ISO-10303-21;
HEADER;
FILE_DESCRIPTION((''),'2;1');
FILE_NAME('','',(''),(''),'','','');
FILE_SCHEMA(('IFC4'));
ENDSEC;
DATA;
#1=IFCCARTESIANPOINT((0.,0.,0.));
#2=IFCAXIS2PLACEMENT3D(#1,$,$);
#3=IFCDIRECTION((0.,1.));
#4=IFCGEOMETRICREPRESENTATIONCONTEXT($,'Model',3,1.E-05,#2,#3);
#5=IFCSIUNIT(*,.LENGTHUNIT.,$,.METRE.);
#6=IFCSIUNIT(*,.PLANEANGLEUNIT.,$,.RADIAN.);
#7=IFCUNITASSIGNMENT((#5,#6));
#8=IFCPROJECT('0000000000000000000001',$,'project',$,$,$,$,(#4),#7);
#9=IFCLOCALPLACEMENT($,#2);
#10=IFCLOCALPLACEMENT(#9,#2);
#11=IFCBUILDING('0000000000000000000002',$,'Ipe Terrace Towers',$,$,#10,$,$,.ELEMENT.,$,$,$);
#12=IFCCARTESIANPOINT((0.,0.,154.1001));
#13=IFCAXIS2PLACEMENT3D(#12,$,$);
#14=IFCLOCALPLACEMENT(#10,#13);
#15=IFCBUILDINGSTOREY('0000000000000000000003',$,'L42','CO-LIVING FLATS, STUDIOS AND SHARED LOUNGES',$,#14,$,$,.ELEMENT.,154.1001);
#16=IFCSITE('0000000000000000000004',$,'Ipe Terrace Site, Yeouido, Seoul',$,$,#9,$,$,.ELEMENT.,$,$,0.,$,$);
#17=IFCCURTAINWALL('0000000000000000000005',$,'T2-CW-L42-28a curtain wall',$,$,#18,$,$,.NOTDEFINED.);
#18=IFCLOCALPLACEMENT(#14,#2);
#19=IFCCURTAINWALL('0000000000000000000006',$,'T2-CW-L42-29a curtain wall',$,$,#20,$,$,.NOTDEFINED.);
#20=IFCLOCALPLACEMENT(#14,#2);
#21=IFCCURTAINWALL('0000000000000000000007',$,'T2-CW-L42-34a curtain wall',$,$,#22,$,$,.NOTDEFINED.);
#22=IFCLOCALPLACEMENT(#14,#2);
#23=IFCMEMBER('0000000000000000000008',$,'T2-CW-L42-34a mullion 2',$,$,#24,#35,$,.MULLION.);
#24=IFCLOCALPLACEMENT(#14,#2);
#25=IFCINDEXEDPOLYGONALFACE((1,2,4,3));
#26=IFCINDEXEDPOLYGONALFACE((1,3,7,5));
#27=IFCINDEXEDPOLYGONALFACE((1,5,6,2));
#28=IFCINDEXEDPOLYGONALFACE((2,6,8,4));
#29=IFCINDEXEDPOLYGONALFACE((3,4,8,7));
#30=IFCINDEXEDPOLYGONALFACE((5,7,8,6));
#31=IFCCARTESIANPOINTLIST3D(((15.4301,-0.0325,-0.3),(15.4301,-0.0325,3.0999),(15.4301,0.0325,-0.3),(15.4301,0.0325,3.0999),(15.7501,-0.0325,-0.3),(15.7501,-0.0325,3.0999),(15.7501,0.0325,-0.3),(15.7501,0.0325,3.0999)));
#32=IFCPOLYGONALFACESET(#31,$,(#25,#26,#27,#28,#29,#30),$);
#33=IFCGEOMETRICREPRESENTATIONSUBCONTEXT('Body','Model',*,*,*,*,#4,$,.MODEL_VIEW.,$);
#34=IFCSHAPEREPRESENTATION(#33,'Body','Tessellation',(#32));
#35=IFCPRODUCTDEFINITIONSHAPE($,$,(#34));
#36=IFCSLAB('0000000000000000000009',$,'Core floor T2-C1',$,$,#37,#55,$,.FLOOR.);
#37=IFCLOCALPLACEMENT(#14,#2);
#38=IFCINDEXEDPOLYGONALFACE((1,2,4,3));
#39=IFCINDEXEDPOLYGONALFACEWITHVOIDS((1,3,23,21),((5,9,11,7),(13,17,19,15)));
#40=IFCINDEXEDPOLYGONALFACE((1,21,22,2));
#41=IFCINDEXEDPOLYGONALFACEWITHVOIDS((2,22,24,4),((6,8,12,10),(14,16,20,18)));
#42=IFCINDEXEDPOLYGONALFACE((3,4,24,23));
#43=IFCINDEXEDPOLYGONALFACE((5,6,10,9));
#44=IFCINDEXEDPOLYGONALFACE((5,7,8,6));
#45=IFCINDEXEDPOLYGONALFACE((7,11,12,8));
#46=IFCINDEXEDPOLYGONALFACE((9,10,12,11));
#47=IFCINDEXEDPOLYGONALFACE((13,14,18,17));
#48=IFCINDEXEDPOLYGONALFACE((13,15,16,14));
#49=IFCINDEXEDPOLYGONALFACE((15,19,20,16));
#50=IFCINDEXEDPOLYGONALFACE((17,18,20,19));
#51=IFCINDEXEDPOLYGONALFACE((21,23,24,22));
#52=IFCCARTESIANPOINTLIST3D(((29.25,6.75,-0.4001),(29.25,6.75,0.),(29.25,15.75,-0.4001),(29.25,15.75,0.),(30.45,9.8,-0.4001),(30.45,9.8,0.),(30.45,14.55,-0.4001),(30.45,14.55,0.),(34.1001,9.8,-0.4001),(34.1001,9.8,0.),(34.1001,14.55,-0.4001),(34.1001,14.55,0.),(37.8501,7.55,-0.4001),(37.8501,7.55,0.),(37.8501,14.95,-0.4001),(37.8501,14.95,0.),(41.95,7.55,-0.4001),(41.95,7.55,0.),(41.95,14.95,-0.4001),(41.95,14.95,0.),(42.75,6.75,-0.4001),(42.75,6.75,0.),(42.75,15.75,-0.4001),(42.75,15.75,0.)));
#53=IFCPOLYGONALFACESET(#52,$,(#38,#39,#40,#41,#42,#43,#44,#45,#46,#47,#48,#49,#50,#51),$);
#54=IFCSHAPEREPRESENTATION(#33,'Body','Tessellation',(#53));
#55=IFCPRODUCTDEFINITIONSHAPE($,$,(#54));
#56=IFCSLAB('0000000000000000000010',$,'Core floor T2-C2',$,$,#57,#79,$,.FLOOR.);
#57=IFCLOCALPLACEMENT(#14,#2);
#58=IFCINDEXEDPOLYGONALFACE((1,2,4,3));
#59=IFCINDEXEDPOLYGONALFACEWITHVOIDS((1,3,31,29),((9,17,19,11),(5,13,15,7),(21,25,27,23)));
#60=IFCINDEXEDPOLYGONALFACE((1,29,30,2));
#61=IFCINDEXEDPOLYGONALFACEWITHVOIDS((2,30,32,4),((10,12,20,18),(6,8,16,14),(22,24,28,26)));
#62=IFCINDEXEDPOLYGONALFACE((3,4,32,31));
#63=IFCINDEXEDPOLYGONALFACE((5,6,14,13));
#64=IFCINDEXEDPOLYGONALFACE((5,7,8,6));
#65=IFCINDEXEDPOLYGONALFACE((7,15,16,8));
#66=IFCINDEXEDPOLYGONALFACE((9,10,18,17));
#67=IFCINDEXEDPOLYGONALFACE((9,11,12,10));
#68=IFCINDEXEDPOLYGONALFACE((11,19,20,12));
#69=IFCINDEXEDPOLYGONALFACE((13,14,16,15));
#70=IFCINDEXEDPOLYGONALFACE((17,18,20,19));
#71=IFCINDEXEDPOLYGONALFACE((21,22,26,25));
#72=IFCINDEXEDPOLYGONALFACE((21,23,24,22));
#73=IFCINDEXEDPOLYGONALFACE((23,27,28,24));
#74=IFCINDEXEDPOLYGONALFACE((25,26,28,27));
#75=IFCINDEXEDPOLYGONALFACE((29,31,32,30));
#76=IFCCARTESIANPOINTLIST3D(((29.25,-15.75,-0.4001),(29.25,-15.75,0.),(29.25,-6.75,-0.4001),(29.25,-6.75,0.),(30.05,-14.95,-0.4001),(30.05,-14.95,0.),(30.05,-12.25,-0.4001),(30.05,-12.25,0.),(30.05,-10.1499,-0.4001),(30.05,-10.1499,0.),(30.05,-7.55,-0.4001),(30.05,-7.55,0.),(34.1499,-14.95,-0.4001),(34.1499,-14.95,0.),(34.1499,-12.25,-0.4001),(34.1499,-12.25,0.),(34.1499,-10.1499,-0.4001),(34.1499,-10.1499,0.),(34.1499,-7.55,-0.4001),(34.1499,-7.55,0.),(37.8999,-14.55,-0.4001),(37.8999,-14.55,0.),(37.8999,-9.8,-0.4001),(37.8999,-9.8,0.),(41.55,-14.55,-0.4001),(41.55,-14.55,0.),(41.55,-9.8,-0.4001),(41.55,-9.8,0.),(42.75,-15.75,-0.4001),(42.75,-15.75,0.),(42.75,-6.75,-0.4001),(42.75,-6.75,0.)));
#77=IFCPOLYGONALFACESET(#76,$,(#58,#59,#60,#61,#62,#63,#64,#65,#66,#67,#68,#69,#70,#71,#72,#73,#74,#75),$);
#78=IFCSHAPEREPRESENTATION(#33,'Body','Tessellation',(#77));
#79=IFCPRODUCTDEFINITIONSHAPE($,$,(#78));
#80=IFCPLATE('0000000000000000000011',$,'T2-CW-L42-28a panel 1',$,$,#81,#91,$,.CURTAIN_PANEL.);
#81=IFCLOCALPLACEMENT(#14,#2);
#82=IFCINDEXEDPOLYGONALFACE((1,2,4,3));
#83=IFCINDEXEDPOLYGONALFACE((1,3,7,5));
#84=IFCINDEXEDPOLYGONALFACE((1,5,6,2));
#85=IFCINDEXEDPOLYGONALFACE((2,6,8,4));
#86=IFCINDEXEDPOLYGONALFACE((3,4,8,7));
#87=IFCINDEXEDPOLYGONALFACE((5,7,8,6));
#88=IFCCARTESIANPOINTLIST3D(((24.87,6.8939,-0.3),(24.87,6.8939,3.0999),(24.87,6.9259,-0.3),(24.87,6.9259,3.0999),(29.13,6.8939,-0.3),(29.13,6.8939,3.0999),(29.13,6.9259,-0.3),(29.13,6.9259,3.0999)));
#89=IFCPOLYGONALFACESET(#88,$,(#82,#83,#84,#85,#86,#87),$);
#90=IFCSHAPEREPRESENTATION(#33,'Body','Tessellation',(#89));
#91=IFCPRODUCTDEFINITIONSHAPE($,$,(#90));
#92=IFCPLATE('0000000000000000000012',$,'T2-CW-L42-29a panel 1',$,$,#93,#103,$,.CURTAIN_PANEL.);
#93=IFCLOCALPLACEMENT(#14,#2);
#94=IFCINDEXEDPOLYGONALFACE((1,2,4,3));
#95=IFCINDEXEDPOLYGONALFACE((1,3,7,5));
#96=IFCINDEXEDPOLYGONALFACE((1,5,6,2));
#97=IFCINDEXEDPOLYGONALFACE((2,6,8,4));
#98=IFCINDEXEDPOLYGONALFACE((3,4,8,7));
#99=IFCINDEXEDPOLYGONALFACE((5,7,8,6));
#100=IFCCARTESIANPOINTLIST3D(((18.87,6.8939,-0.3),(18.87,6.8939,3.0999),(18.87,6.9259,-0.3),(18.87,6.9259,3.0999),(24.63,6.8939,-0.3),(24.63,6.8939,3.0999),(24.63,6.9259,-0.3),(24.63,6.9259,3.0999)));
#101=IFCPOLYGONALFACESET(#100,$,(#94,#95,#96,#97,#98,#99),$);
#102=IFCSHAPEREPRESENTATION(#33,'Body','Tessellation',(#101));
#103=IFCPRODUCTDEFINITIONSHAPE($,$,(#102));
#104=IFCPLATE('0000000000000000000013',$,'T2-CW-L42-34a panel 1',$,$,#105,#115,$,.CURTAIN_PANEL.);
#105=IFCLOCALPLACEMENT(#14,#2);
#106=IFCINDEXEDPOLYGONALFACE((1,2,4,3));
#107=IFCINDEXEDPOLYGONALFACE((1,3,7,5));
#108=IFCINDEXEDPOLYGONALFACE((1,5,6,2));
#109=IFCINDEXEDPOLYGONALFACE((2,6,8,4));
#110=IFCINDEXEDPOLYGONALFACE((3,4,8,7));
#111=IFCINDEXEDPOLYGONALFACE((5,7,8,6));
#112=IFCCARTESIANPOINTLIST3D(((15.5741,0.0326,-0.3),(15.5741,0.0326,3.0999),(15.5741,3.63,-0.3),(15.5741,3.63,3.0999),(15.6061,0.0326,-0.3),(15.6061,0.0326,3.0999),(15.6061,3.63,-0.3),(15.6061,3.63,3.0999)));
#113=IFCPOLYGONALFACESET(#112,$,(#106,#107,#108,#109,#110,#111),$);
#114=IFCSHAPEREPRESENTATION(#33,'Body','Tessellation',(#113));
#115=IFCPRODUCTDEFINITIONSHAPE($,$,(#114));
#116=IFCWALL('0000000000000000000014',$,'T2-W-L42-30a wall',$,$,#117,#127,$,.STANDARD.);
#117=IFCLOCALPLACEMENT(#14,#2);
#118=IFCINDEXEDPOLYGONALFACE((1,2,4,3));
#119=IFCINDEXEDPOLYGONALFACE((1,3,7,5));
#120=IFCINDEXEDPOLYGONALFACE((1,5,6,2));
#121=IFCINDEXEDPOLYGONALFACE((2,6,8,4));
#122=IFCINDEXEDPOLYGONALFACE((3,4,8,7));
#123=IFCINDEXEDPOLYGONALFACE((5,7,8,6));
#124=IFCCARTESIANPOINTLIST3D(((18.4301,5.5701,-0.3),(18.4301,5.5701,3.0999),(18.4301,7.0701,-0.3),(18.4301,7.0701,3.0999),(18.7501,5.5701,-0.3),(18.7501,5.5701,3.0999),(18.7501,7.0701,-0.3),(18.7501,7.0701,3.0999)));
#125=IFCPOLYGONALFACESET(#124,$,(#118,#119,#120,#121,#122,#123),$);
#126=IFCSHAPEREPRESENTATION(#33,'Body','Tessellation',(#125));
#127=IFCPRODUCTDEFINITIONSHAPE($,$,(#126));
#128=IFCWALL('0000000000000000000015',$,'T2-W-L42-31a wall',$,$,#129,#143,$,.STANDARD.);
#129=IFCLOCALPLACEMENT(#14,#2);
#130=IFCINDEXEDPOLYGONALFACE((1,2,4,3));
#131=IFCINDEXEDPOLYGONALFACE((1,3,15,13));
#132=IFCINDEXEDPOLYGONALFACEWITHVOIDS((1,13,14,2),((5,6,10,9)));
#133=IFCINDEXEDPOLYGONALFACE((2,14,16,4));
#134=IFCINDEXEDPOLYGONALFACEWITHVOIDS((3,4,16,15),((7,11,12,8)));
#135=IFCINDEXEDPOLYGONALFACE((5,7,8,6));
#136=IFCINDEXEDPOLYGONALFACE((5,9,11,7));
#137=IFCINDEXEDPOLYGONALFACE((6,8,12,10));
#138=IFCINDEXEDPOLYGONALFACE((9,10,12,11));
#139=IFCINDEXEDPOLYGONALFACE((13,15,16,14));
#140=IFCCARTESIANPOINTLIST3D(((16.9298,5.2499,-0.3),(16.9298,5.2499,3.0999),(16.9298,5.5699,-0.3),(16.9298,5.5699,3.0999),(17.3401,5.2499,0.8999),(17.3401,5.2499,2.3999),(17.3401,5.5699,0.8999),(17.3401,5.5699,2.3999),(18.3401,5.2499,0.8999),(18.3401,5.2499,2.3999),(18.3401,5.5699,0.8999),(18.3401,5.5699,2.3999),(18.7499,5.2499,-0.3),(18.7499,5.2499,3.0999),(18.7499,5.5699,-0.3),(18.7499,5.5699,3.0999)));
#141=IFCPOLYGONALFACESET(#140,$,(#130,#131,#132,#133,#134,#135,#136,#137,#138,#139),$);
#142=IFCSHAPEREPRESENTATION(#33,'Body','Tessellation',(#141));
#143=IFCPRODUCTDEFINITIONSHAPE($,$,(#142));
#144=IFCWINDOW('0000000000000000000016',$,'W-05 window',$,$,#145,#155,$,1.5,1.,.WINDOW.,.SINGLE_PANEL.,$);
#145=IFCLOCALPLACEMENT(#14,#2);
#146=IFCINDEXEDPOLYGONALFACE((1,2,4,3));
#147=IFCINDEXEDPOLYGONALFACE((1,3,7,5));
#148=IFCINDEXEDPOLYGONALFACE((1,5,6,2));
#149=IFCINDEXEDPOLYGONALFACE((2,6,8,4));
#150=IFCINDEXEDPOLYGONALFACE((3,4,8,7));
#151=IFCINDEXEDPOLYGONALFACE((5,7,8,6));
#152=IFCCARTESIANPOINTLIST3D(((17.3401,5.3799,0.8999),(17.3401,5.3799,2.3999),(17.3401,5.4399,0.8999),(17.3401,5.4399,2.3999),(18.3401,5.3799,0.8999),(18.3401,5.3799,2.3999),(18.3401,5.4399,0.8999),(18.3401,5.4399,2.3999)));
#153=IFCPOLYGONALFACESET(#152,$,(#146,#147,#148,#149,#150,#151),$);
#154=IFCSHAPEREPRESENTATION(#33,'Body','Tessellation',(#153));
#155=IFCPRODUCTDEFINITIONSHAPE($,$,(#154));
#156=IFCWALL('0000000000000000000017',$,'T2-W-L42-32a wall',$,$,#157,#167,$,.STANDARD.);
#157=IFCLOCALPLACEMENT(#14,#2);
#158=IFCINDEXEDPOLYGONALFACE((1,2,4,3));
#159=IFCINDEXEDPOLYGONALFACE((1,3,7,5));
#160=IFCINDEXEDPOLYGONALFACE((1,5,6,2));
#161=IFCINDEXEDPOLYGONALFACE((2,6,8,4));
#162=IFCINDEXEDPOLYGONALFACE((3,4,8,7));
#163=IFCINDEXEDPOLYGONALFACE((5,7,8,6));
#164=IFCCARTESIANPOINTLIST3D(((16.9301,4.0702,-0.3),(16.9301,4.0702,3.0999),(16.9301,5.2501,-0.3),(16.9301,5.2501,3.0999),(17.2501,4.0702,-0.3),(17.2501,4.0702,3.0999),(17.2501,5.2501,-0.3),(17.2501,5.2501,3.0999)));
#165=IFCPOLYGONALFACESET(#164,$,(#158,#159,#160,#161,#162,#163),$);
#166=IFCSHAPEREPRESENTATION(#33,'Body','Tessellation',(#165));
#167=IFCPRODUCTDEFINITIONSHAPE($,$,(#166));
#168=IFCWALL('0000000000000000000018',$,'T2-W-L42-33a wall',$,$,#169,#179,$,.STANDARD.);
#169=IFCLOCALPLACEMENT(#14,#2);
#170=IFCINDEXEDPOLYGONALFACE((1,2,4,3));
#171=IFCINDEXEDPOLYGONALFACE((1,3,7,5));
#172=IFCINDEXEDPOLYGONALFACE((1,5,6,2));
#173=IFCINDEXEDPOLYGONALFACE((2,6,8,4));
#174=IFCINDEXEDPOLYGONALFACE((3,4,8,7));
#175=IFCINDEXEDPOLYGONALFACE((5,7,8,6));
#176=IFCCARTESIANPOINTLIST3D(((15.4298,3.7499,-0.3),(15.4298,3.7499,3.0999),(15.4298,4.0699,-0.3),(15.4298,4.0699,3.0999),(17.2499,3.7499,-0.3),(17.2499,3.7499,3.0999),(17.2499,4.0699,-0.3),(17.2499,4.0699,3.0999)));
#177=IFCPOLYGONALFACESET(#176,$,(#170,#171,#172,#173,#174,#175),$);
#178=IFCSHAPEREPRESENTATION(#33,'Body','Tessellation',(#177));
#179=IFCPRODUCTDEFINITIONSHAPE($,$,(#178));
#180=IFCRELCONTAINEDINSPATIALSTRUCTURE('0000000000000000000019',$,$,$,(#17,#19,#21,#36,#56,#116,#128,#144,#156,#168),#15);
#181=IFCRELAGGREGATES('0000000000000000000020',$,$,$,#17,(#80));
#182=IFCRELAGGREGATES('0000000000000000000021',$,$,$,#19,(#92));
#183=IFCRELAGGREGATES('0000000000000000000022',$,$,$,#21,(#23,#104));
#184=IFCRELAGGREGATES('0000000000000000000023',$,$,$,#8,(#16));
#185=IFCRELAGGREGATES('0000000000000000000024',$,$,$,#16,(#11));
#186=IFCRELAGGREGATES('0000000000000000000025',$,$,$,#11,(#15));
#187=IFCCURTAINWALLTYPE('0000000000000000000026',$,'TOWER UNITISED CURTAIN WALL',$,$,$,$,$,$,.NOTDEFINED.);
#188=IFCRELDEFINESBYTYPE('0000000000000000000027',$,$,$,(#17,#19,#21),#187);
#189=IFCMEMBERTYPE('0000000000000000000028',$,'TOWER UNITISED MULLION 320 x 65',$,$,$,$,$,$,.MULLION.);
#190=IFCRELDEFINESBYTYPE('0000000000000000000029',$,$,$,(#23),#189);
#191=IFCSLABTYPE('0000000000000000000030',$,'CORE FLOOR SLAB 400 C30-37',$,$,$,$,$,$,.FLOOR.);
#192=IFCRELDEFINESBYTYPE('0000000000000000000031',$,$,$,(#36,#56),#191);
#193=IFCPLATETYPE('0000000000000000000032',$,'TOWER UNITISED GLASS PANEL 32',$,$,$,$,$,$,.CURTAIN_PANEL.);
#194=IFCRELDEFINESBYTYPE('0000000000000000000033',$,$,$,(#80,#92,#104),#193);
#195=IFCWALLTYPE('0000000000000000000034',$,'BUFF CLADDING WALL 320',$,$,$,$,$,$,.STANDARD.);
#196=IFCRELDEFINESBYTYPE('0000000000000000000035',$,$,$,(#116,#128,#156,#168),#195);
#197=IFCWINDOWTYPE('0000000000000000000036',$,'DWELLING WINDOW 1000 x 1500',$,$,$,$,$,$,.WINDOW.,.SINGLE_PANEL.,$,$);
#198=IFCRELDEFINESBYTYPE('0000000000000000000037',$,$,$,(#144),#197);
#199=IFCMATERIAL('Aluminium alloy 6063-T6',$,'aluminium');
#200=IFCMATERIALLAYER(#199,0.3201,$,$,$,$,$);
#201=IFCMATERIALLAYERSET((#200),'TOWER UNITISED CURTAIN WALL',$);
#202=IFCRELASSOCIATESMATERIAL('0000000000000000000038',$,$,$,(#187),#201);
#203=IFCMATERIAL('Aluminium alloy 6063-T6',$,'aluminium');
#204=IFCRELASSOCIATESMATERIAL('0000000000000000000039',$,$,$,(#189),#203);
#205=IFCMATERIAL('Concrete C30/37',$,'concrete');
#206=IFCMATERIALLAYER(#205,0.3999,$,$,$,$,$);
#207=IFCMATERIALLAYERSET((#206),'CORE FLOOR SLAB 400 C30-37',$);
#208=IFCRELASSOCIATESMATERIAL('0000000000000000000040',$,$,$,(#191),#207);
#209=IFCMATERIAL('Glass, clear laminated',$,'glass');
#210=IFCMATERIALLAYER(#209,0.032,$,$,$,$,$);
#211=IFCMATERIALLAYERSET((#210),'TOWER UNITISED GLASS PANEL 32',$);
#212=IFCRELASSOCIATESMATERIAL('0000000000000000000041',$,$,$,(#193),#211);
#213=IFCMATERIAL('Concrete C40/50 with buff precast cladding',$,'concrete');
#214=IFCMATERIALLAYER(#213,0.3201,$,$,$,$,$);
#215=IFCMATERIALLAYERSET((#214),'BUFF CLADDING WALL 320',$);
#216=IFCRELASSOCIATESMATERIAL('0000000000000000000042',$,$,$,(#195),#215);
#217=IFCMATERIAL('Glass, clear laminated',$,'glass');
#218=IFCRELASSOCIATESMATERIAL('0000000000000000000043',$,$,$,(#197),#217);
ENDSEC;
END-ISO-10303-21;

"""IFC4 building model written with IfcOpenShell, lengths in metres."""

from ifc_helpers import new_model, si_unit, direction, frame, frame_2d, origin, origin_2d, place, context, subcontext, project, spatial, polyline, rectangle, outline, extrude, material, layer, layer_set, material_profile, profile_set, type_object, element, fill, aggregate, save


model = new_model("IFC4")

# Units and contexts
model_context = context("Model", 3, precision=1e-05, world=origin(), true_north=direction((0.0, 1.0)))
body_context = subcontext(model_context, "Body", "Model", "MODEL_VIEW")
ifc_project = project(units=[si_unit("LENGTHUNIT", "METRE"), si_unit("PLANEANGLEUNIT", "RADIAN")], contexts=[model_context])

# Site, building, storey
site_placement = place(None, origin())
site = spatial("IfcSite", under=ifc_project, at=site_placement, Name="Ipe Terrace Site, Yeouido, Seoul", CompositionType="ELEMENT", RefElevation=0.0)
building_placement = place(site_placement, origin())
building = spatial("IfcBuilding", under=site, at=building_placement, Name="Ipe Terrace Towers", CompositionType="ELEMENT")
storey_placement = place(building_placement, frame((0.0, 0.0, 154.1001)))
storey = spatial("IfcBuildingStorey", under=building, at=storey_placement, Name="L42", Description="CO-LIVING FLATS, STUDIOS AND SHARED LOUNGES", CompositionType="ELEMENT", Elevation=154.1001)

# Curtain wall
ifc_material_1 = material(Name="Aluminium alloy 6063-T6", Category="aluminium")
ifc_layer_1 = layer(ifc_material_1, 0.3201)
ifc_layer_set_1 = layer_set([ifc_layer_1], Name="TOWER UNITISED CURTAIN WALL")
curtain_wall_type = type_object("IfcCurtainWallType", Name="TOWER UNITISED CURTAIN WALL", PredefinedType="NOTDEFINED", material=ifc_layer_set_1)
curtain_wall_1_placement = place(storey_placement, origin())
curtain_wall_1 = element("IfcCurtainWall", 1, at=curtain_wall_1_placement, inside=storey, type_object=curtain_wall_type, Name="T2-CW-L42-28a curtain wall", PredefinedType="NOTDEFINED")

# Curtain walls, member
curtain_wall_2_placement = place(storey_placement, origin())
curtain_wall_2 = element("IfcCurtainWall", 2, at=curtain_wall_2_placement, inside=storey, type_object=curtain_wall_type, Name="T2-CW-L42-29a curtain wall", PredefinedType="NOTDEFINED")
curtain_wall_3_placement = place(storey_placement, origin())
curtain_wall_3 = element("IfcCurtainWall", 3, at=curtain_wall_3_placement, inside=storey, type_object=curtain_wall_type, Name="T2-CW-L42-34a curtain wall", PredefinedType="NOTDEFINED")
ifc_material_2 = material(Name="Aluminium alloy 6063-T6", Category="aluminium")
ifc_material_profile_1 = material_profile(ifc_material_2, rectangle(XDim=0.3201, YDim=0.0649, at=origin_2d()), Name="TOWER UNITISED MULLION 320 x 65")
ifc_profile_set_1 = profile_set([ifc_material_profile_1], Name="Aluminium alloy 6063-T6")
member_type_1 = type_object("IfcMemberType", Name="TOWER UNITISED MULLION 320 x 65", PredefinedType="MULLION", material=ifc_profile_set_1)
member_1_placement = place(storey_placement, frame((15.5901, 0.0, -0.3), z_axis=(0.0, 0.0, 1.0), x_axis=(-1.0, 0.0, 0.0)))
member_1 = element("IfcMember", 4, at=member_1_placement, type_object=member_type_1, Name="T2-CW-L42-34a mullion 2", PredefinedType="MULLION", context=body_context, shape_type="SweptSolid", body=[
    extrude(rectangle(XDim=0.3201, YDim=0.0649, at=origin_2d()), origin(), (0.0, 0.0, 1.0), 3.3999),
])

# Slabs
ifc_material_3 = material(Name="Concrete C30/37", Category="concrete")
ifc_layer_2 = layer(ifc_material_3, 0.3999)
ifc_layer_set_2 = layer_set([ifc_layer_2], Name="CORE FLOOR SLAB 400 C30-37")
slab_type = type_object("IfcSlabType", Name="CORE FLOOR SLAB 400 C30-37", PredefinedType="FLOOR", material=ifc_layer_set_2)
slab_1_placement = place(storey_placement, frame((0.0, 0.0, -0.4001)))
element("IfcSlab", 5, at=slab_1_placement, inside=storey, type_object=slab_type, Name="Core floor T2-C1", PredefinedType="FLOOR", context=body_context, shape_type="SweptSolid", body=[
    extrude(outline(polyline([(29.25, 6.75), (29.25, 15.75), (42.75, 15.75), (42.75, 6.75), (29.25, 6.75)]), holes=[polyline([(41.95, 7.55), (41.95, 14.95), (37.8501, 14.95), (37.8501, 7.55), (41.95, 7.55)]), polyline([(30.45, 9.8), (34.1001, 9.8), (34.1001, 14.55), (30.45, 14.55), (30.45, 9.8)])]), origin(), (0.0, 0.0, 1.0), 0.4001),
])
slab_2_placement = place(storey_placement, frame((0.0, 0.0, -0.4001)))
element("IfcSlab", 6, at=slab_2_placement, inside=storey, type_object=slab_type, Name="Core floor T2-C2", PredefinedType="FLOOR", context=body_context, shape_type="SweptSolid", body=[
    extrude(outline(polyline([(29.25, -15.75), (29.25, -6.75), (42.75, -6.75), (42.75, -15.75), (29.25, -15.75)]), holes=[polyline([(30.05, -12.25), (30.05, -14.95), (34.1499, -14.95), (34.1499, -12.25), (30.05, -12.25)]), polyline([(41.55, -9.8), (37.8999, -9.8), (37.8999, -14.55), (41.55, -14.55), (41.55, -9.8)]), polyline([(34.1499, -7.55), (30.05, -7.55), (30.05, -10.1499), (34.1499, -10.1499), (34.1499, -7.55)])]), origin(), (0.0, 0.0, 1.0), 0.4001),
])

# Plates
ifc_material_4 = material(Name="Glass, clear laminated", Category="glass")
ifc_layer_3 = layer(ifc_material_4, 0.032)
ifc_layer_set_3 = layer_set([ifc_layer_3], Name="TOWER UNITISED GLASS PANEL 32")
plate_type = type_object("IfcPlateType", Name="TOWER UNITISED GLASS PANEL 32", PredefinedType="CURTAIN_PANEL", material=ifc_layer_set_3)
plate_1_placement = place(storey_placement, frame((27.0, 6.9099, -0.3), z_axis=(0.0, 0.0, 1.0), x_axis=(-1.0, 0.0, 0.0)))
plate_1 = element("IfcPlate", 7, at=plate_1_placement, type_object=plate_type, Name="T2-CW-L42-28a panel 1", PredefinedType="CURTAIN_PANEL", context=body_context, shape_type="SweptSolid", body=[
    extrude(rectangle(XDim=4.26, YDim=0.032, at=origin_2d()), origin(), (0.0, 0.0, 1.0), 3.3999),
])
aggregate(curtain_wall_1, [plate_1])
plate_2_placement = place(storey_placement, frame((21.75, 6.9099, -0.3), z_axis=(0.0, 0.0, 1.0), x_axis=(-1.0, 0.0, 0.0)))
plate_2 = element("IfcPlate", 8, at=plate_2_placement, type_object=plate_type, Name="T2-CW-L42-29a panel 1", PredefinedType="CURTAIN_PANEL", context=body_context, shape_type="SweptSolid", body=[
    extrude(rectangle(XDim=5.76, YDim=0.032, at=origin_2d()), origin(), (0.0, 0.0, 1.0), 3.3999),
])
aggregate(curtain_wall_2, [plate_2])
plate_3_placement = place(storey_placement, frame((15.5901, 1.8313, -0.3), z_axis=(0.0, 0.0, 1.0), x_axis=(0.0, -1.0, 0.0)))
plate_3 = element("IfcPlate", 9, at=plate_3_placement, type_object=plate_type, Name="T2-CW-L42-34a panel 1", PredefinedType="CURTAIN_PANEL", context=body_context, shape_type="SweptSolid", body=[
    extrude(rectangle(XDim=3.5974, YDim=0.032, at=origin_2d()), origin(), (0.0, 0.0, 1.0), 3.3999),
])
aggregate(curtain_wall_3, [member_1, plate_3])

# Wall
ifc_material_5 = material(Name="Concrete C40/50 with buff precast cladding", Category="concrete")
ifc_layer_4 = layer(ifc_material_5, 0.3201)
ifc_layer_set_4 = layer_set([ifc_layer_4], Name="BUFF CLADDING WALL 320")
wall_type_1 = type_object("IfcWallType", Name="BUFF CLADDING WALL 320", PredefinedType="STANDARD", material=ifc_layer_set_4)
wall_1_placement = place(storey_placement, frame((18.5901, 7.0701, -0.3), z_axis=(0.0, 0.0, 1.0), x_axis=(0.0, -1.0, 0.0)))
element("IfcWall", 10, at=wall_1_placement, inside=storey, type_object=wall_type_1, Name="T2-W-L42-30a wall", PredefinedType="STANDARD", context=body_context, shape_type="SweptSolid", body=[
    extrude(rectangle(XDim=1.5, YDim=0.3201, at=frame_2d((0.75, 0.0))), origin(), (0.0, 0.0, 1.0), 3.3999),
])

# Wall, opening, window
wall_2_placement = place(storey_placement, frame((18.75, 5.4099, -0.3), z_axis=(0.0, 0.0, 1.0), x_axis=(-1.0, 0.0, 0.0)))
wall_2 = element("IfcWall", 11, at=wall_2_placement, inside=storey, type_object=wall_type_1, Name="T2-W-L42-31a wall", PredefinedType="STANDARD", context=body_context, shape_type="SweptSolid", body=[
    extrude(rectangle(XDim=1.8201, YDim=0.3201, at=frame_2d((0.9102, 0.0))), origin(), (0.0, 0.0, 1.0), 3.3999),
])
opening_1_placement = place(wall_2_placement, frame((0.4099, 0.0, 1.2)))
opening_1 = element("IfcOpeningElement", 12, at=opening_1_placement, cuts=wall_2, PredefinedType="OPENING", context=body_context, shape_type="SweptSolid", body=[
    extrude(rectangle(XDim=1.0, YDim=1.5, at=frame_2d((0.5, 0.75))), frame((0.0, 0.1699, 0.0), z_axis=(0.0, -1.0, 0.0), x_axis=(1.0, 0.0, 0.0)), (0.0, 0.0, 1.0), 0.3401),
])
ifc_material_6 = material(Name="Glass, clear laminated", Category="glass")
window_type = type_object("IfcWindowType", Name="DWELLING WINDOW 1000 x 1500", PartitioningType="SINGLE_PANEL", PredefinedType="WINDOW", material=ifc_material_6)
window_placement = place(opening_1_placement, origin())
window = element("IfcWindow", 13, at=window_placement, inside=storey, type_object=window_type, Name="W-05 window", OverallHeight=1.5, OverallWidth=1.0, PartitioningType="SINGLE_PANEL", PredefinedType="WINDOW", context=body_context, shape_type="SweptSolid", body=[
    extrude(rectangle(XDim=1.0, YDim=1.5, at=frame_2d((0.5, 0.75))), frame((0.0, 0.03, 0.0), z_axis=(0.0, -1.0, 0.0), x_axis=(1.0, 0.0, 0.0)), (0.0, 0.0, 1.0), 0.0601),
])
fill(opening_1, window)

# Walls
wall_3_placement = place(storey_placement, frame((17.0901, 5.25, -0.3), z_axis=(0.0, 0.0, 1.0), x_axis=(0.0, -1.0, 0.0)))
element("IfcWall", 14, at=wall_3_placement, inside=storey, type_object=wall_type_1, Name="T2-W-L42-32a wall", PredefinedType="STANDARD", context=body_context, shape_type="SweptSolid", body=[
    extrude(rectangle(XDim=1.1799, YDim=0.3201, at=frame_2d((0.5898, 0.0))), origin(), (0.0, 0.0, 1.0), 3.3999),
])
wall_4_placement = place(storey_placement, frame((17.25, 3.9099, -0.3), z_axis=(0.0, 0.0, 1.0), x_axis=(-1.0, 0.0, 0.0)))
element("IfcWall", 15, at=wall_4_placement, inside=storey, type_object=wall_type_1, Name="T2-W-L42-33a wall", PredefinedType="STANDARD", context=body_context, shape_type="SweptSolid", body=[
    extrude(rectangle(XDim=1.8201, YDim=0.3201, at=frame_2d((0.9102, 0.0))), origin(), (0.0, 0.0, 1.0), 3.3999),
])

save(model, "model.ifc")
